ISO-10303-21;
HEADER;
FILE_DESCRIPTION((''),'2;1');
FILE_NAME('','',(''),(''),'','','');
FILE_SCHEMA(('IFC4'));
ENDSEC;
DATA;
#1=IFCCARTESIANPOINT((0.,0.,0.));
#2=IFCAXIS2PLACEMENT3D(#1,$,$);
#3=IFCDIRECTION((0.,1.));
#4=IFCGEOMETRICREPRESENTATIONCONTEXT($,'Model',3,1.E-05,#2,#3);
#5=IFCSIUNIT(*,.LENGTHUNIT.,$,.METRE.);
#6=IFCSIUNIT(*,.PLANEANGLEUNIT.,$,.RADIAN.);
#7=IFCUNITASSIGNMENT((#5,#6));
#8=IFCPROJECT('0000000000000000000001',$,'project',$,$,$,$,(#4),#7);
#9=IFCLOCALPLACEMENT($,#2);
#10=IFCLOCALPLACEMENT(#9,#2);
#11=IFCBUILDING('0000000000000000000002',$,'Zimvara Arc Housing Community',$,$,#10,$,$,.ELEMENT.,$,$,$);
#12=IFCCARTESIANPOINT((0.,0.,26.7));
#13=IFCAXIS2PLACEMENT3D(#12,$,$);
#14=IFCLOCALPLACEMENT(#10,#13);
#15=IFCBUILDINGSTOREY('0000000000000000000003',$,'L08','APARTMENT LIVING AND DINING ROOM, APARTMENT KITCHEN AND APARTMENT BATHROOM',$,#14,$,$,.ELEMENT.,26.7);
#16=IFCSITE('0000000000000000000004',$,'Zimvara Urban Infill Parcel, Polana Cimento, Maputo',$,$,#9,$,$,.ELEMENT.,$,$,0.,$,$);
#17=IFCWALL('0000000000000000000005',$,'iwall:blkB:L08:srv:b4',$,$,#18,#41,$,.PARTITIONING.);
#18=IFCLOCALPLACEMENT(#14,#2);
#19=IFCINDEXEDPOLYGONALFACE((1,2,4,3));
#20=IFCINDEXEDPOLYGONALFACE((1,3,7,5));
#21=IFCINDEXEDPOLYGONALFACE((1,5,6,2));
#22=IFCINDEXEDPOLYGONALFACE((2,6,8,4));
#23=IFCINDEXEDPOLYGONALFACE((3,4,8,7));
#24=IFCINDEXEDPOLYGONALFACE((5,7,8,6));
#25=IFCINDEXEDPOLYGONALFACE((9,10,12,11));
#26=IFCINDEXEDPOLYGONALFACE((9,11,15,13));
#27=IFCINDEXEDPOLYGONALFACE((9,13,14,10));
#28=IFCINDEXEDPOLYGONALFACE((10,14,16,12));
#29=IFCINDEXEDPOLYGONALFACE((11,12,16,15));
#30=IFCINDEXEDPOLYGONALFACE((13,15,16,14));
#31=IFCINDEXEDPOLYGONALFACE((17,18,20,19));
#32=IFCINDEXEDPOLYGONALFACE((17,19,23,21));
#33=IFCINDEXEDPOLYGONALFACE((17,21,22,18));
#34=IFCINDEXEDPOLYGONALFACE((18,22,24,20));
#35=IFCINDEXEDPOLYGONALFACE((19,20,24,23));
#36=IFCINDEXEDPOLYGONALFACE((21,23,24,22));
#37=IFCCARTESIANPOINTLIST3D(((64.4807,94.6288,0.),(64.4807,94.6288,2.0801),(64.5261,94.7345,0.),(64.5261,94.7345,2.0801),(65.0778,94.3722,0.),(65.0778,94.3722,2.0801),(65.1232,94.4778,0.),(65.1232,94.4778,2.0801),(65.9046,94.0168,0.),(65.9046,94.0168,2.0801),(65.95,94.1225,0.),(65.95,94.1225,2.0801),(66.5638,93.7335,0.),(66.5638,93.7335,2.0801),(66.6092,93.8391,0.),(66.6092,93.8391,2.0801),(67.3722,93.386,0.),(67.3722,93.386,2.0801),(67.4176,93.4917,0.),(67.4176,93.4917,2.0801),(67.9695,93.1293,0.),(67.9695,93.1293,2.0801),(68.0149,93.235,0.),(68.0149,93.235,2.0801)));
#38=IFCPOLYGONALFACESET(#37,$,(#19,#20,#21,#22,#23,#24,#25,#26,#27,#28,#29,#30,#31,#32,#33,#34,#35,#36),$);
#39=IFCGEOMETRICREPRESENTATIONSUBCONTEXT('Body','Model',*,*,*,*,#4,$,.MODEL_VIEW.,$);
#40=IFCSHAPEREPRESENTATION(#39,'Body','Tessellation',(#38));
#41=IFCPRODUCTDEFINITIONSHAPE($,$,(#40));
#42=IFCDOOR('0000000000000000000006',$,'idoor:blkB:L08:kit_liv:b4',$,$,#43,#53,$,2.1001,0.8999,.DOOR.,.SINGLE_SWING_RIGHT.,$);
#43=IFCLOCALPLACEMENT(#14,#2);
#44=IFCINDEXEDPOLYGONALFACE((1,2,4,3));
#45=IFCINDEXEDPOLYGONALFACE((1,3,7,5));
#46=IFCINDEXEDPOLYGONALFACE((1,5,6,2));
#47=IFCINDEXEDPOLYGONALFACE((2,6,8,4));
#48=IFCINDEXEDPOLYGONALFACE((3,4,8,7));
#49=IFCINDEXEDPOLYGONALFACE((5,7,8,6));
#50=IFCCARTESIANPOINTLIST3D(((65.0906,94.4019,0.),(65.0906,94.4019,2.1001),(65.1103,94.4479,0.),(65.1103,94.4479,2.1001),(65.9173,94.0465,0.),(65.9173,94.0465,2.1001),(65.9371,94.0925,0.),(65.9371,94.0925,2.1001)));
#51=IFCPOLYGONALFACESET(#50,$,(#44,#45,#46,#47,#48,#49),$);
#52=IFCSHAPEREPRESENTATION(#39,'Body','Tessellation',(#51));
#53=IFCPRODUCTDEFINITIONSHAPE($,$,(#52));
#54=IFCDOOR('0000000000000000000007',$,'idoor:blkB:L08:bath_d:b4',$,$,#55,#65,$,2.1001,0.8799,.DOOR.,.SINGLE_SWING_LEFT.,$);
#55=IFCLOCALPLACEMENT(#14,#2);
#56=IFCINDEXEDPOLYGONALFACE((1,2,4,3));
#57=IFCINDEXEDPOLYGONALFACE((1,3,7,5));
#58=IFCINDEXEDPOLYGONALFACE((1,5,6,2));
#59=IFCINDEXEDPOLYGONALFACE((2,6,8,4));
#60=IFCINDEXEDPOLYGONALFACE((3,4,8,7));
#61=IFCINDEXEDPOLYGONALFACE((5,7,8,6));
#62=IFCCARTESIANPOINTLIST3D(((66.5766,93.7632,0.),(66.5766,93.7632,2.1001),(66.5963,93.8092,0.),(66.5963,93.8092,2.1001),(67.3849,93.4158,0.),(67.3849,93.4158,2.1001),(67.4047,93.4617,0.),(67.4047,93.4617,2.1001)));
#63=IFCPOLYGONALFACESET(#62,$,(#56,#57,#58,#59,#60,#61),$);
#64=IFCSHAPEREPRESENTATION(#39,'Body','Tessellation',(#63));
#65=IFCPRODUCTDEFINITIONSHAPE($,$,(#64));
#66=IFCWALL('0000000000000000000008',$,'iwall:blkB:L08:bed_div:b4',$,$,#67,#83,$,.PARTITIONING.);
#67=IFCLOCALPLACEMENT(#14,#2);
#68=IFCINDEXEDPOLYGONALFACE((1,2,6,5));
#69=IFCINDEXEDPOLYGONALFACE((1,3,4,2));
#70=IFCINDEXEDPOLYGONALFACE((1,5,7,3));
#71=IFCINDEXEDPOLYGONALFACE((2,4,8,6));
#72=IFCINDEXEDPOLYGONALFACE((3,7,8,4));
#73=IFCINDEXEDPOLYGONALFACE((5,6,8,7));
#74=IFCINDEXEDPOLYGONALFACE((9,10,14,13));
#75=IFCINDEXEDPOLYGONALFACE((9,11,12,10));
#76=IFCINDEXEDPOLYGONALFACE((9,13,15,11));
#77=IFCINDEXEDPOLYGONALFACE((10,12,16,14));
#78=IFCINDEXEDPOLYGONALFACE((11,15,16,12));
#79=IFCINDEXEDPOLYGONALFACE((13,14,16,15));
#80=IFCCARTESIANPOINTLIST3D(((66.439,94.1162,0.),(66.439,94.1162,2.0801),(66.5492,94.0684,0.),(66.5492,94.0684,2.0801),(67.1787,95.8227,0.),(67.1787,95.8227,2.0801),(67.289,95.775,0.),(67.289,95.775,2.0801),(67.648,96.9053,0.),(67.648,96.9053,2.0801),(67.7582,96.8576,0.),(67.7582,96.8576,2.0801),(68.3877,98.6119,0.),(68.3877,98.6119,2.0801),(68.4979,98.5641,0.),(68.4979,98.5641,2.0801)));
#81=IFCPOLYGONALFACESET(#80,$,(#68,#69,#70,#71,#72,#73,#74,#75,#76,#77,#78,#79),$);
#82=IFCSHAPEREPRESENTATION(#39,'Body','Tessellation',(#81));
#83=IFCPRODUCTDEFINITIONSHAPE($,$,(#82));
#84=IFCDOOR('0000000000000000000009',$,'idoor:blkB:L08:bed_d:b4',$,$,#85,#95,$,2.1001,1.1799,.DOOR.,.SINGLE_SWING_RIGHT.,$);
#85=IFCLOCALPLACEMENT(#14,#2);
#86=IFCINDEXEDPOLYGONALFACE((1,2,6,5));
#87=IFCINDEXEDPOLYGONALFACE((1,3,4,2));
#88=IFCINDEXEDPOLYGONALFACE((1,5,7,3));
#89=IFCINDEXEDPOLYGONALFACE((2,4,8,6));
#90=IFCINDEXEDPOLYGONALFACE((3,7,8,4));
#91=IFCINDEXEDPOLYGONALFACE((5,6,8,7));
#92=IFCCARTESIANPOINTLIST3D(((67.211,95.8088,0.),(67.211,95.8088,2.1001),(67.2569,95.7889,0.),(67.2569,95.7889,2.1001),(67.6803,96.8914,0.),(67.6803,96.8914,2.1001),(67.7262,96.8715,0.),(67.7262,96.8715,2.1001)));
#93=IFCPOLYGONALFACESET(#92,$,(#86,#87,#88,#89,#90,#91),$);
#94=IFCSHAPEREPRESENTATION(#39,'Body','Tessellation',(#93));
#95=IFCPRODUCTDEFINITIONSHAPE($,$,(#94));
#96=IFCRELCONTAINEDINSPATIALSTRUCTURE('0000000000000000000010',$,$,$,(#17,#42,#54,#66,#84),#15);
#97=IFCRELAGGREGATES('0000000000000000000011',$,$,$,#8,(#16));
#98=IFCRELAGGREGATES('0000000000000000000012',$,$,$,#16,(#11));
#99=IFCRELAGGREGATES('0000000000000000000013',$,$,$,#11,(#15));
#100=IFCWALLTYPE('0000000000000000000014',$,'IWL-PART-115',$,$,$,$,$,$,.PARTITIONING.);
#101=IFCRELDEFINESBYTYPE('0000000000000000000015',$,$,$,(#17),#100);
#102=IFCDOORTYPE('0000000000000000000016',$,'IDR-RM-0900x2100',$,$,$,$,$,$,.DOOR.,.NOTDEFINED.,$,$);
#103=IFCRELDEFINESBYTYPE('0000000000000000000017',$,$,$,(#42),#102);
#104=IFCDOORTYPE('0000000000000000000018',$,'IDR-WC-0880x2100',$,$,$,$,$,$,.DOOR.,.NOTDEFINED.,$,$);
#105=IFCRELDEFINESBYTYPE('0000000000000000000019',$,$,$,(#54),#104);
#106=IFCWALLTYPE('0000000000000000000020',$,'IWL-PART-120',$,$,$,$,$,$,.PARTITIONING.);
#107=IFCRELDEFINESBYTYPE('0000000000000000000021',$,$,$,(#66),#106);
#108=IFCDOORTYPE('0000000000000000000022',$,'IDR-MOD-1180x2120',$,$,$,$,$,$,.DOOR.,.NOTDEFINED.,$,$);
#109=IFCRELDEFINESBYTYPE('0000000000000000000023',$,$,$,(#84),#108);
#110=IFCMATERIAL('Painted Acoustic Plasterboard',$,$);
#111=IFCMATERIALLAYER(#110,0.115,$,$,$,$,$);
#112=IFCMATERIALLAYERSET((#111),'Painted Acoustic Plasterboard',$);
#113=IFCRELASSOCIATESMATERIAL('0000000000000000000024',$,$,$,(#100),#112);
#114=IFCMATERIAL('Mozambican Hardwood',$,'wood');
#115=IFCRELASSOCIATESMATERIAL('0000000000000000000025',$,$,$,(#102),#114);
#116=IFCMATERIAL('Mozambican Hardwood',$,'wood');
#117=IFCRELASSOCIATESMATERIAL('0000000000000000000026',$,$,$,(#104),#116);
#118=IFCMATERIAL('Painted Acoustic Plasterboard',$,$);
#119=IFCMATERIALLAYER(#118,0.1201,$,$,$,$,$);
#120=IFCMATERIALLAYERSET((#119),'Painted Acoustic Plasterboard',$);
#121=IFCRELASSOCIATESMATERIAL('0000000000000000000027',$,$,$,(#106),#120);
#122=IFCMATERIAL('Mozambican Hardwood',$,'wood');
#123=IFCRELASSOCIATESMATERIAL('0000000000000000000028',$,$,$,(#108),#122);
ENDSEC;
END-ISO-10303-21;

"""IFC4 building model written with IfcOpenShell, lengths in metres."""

from ifc_helpers import new_model, si_unit, direction, frame, frame_2d, origin, place, context, subcontext, project, spatial, rectangle, extrude, material, layer, layer_set, type_object, element, fill, save


model = new_model("IFC4")

# Units and contexts
model_context = context("Model", 3, precision=1e-05, world=origin(), true_north=direction((0.0, 1.0)))
body_context = subcontext(model_context, "Body", "Model", "MODEL_VIEW")
ifc_project = project(units=[si_unit("LENGTHUNIT", "METRE"), si_unit("PLANEANGLEUNIT", "RADIAN")], contexts=[model_context])

# Site, building, storey
site_placement = place(None, origin())
site = spatial("IfcSite", under=ifc_project, at=site_placement, Name="Zimvara Urban Infill Parcel, Polana Cimento, Maputo", CompositionType="ELEMENT", RefElevation=0.0)
building_placement = place(site_placement, origin())
building = spatial("IfcBuilding", under=site, at=building_placement, Name="Zimvara Arc Housing Community", CompositionType="ELEMENT")
storey_placement = place(building_placement, frame((0.0, 0.0, 26.7)))
storey = spatial("IfcBuildingStorey", under=building, at=storey_placement, Name="L08", Description="APARTMENT LIVING AND DINING ROOM, APARTMENT KITCHEN AND APARTMENT BATHROOM", CompositionType="ELEMENT", Elevation=26.7)

# Wall, openings, doors
ifc_material_1 = material(Name="Painted Acoustic Plasterboard")
ifc_layer_1 = layer(ifc_material_1, 0.115)
ifc_layer_set_1 = layer_set([ifc_layer_1], Name="Painted Acoustic Plasterboard")
wall_type_1 = type_object("IfcWallType", Name="IWL-PART-115", PredefinedType="PARTITIONING", material=ifc_layer_set_1)
wall_1_placement = place(storey_placement, frame((64.5034, 94.6816, 0.0), z_axis=(0.0, 0.0, 1.0), x_axis=(0.918732, -0.394881, 0.0)))
wall_1 = element("IfcWall", 1, at=wall_1_placement, inside=storey, type_object=wall_type_1, Name="iwall:blkB:L08:srv:b4", PredefinedType="PARTITIONING", context=body_context, shape_type="SweptSolid", body=[
    extrude(rectangle(XDim=3.7974, YDim=0.115, at=frame_2d((1.8987, 0.0))), origin(), (0.0, 0.0, 1.0), 2.0801),
])
opening_1_placement = place(wall_1_placement, frame((0.6499, 0.0, 0.0)))
opening_1 = element("IfcOpeningElement", 2, at=opening_1_placement, cuts=wall_1, PredefinedType="OPENING", context=body_context, shape_type="SweptSolid", body=[
    extrude(rectangle(XDim=0.8999, YDim=2.1001, at=frame_2d((0.45, 1.05))), frame((0.0, 0.0674, 0.0), z_axis=(0.0, -1.0, 0.0), x_axis=(1.0, 0.0, 0.0)), (0.0, 0.0, 1.0), 0.135),
])
opening_2_placement = place(wall_1_placement, frame((2.2673, 0.0, 0.0)))
opening_2 = element("IfcOpeningElement", 3, at=opening_2_placement, cuts=wall_1, PredefinedType="OPENING", context=body_context, shape_type="SweptSolid", body=[
    extrude(rectangle(XDim=0.8799, YDim=2.1001, at=frame_2d((0.4399, 1.05))), frame((0.0, 0.0674, 0.0), z_axis=(0.0, -1.0, 0.0), x_axis=(1.0, 0.0, 0.0)), (0.0, 0.0, 1.0), 0.135),
])
ifc_material_2 = material(Name="Mozambican Hardwood", Category="wood")
door_type_1 = type_object("IfcDoorType", Name="IDR-RM-0900x2100", OperationType="NOTDEFINED", PredefinedType="DOOR", material=ifc_material_2)
door_1_placement = place(opening_1_placement, origin())
door_1 = element("IfcDoor", 4, at=door_1_placement, inside=storey, type_object=door_type_1, Name="idoor:blkB:L08:kit_liv:b4", OperationType="SINGLE_SWING_RIGHT", OverallHeight=2.1001, OverallWidth=0.8999, PredefinedType="DOOR", context=body_context, shape_type="SweptSolid", body=[
    extrude(rectangle(XDim=0.8999, YDim=2.1001, at=frame_2d((0.45, 1.05))), frame((0.0, 0.0249, 0.0), z_axis=(0.0, -1.0, 0.0), x_axis=(1.0, 0.0, 0.0)), (0.0, 0.0, 1.0), 0.05),
])
fill(opening_1, door_1)
ifc_material_3 = material(Name="Mozambican Hardwood", Category="wood")
door_type_2 = type_object("IfcDoorType", Name="IDR-WC-0880x2100", OperationType="NOTDEFINED", PredefinedType="DOOR", material=ifc_material_3)
door_2_placement = place(opening_2_placement, origin())
door_2 = element("IfcDoor", 5, at=door_2_placement, inside=storey, type_object=door_type_2, Name="idoor:blkB:L08:bath_d:b4", OperationType="SINGLE_SWING_LEFT", OverallHeight=2.1001, OverallWidth=0.8799, PredefinedType="DOOR", context=body_context, shape_type="SweptSolid", body=[
    extrude(rectangle(XDim=0.8799, YDim=2.1001, at=frame_2d((0.4399, 1.05))), frame((0.0, 0.0249, 0.0), z_axis=(0.0, -1.0, 0.0), x_axis=(1.0, 0.0, 0.0)), (0.0, 0.0, 1.0), 0.05),
])
fill(opening_2, door_2)

# Wall, opening, door
ifc_material_4 = material(Name="Painted Acoustic Plasterboard")
ifc_layer_2 = layer(ifc_material_4, 0.1201)
ifc_layer_set_2 = layer_set([ifc_layer_2], Name="Painted Acoustic Plasterboard")
wall_type_2 = type_object("IfcWallType", Name="IWL-PART-120", PredefinedType="PARTITIONING", material=ifc_layer_set_2)
wall_2_placement = place(storey_placement, frame((66.4941, 94.0923, 0.0), z_axis=(0.0, 0.0, 1.0), x_axis=(0.397698, 0.917516, 0.0)))
wall_2 = element("IfcWall", 6, at=wall_2_placement, inside=storey, type_object=wall_type_2, Name="iwall:blkB:L08:bed_div:b4", PredefinedType="PARTITIONING", context=body_context, shape_type="SweptSolid", body=[
    extrude(rectangle(XDim=4.8999, YDim=0.1201, at=frame_2d((2.45, 0.0))), origin(), (0.0, 0.0, 1.0), 2.0801),
])
opening_3_placement = place(wall_2_placement, frame((1.8601, 0.0, 0.0)))
opening_3 = element("IfcOpeningElement", 7, at=opening_3_placement, cuts=wall_2, PredefinedType="OPENING", context=body_context, shape_type="SweptSolid", body=[
    extrude(rectangle(XDim=1.1799, YDim=2.1001, at=frame_2d((0.5898, 1.05))), frame((0.0, 0.0701, 0.0), z_axis=(0.0, -1.0, 0.0), x_axis=(1.0, 0.0, 0.0)), (0.0, 0.0, 1.0), 0.1401),
])
ifc_material_5 = material(Name="Mozambican Hardwood", Category="wood")
door_type_3 = type_object("IfcDoorType", Name="IDR-MOD-1180x2120", OperationType="NOTDEFINED", PredefinedType="DOOR", material=ifc_material_5)
door_3_placement = place(opening_3_placement, origin())
door_3 = element("IfcDoor", 8, at=door_3_placement, inside=storey, type_object=door_type_3, Name="idoor:blkB:L08:bed_d:b4", OperationType="SINGLE_SWING_RIGHT", OverallHeight=2.1001, OverallWidth=1.1799, PredefinedType="DOOR", context=body_context, shape_type="SweptSolid", body=[
    extrude(rectangle(XDim=1.1799, YDim=2.1001, at=frame_2d((0.5898, 1.05))), frame((0.0, 0.0249, 0.0), z_axis=(0.0, -1.0, 0.0), x_axis=(1.0, 0.0, 0.0)), (0.0, 0.0, 1.0), 0.05),
])
fill(opening_3, door_3)

save(model, "model.ifc")
